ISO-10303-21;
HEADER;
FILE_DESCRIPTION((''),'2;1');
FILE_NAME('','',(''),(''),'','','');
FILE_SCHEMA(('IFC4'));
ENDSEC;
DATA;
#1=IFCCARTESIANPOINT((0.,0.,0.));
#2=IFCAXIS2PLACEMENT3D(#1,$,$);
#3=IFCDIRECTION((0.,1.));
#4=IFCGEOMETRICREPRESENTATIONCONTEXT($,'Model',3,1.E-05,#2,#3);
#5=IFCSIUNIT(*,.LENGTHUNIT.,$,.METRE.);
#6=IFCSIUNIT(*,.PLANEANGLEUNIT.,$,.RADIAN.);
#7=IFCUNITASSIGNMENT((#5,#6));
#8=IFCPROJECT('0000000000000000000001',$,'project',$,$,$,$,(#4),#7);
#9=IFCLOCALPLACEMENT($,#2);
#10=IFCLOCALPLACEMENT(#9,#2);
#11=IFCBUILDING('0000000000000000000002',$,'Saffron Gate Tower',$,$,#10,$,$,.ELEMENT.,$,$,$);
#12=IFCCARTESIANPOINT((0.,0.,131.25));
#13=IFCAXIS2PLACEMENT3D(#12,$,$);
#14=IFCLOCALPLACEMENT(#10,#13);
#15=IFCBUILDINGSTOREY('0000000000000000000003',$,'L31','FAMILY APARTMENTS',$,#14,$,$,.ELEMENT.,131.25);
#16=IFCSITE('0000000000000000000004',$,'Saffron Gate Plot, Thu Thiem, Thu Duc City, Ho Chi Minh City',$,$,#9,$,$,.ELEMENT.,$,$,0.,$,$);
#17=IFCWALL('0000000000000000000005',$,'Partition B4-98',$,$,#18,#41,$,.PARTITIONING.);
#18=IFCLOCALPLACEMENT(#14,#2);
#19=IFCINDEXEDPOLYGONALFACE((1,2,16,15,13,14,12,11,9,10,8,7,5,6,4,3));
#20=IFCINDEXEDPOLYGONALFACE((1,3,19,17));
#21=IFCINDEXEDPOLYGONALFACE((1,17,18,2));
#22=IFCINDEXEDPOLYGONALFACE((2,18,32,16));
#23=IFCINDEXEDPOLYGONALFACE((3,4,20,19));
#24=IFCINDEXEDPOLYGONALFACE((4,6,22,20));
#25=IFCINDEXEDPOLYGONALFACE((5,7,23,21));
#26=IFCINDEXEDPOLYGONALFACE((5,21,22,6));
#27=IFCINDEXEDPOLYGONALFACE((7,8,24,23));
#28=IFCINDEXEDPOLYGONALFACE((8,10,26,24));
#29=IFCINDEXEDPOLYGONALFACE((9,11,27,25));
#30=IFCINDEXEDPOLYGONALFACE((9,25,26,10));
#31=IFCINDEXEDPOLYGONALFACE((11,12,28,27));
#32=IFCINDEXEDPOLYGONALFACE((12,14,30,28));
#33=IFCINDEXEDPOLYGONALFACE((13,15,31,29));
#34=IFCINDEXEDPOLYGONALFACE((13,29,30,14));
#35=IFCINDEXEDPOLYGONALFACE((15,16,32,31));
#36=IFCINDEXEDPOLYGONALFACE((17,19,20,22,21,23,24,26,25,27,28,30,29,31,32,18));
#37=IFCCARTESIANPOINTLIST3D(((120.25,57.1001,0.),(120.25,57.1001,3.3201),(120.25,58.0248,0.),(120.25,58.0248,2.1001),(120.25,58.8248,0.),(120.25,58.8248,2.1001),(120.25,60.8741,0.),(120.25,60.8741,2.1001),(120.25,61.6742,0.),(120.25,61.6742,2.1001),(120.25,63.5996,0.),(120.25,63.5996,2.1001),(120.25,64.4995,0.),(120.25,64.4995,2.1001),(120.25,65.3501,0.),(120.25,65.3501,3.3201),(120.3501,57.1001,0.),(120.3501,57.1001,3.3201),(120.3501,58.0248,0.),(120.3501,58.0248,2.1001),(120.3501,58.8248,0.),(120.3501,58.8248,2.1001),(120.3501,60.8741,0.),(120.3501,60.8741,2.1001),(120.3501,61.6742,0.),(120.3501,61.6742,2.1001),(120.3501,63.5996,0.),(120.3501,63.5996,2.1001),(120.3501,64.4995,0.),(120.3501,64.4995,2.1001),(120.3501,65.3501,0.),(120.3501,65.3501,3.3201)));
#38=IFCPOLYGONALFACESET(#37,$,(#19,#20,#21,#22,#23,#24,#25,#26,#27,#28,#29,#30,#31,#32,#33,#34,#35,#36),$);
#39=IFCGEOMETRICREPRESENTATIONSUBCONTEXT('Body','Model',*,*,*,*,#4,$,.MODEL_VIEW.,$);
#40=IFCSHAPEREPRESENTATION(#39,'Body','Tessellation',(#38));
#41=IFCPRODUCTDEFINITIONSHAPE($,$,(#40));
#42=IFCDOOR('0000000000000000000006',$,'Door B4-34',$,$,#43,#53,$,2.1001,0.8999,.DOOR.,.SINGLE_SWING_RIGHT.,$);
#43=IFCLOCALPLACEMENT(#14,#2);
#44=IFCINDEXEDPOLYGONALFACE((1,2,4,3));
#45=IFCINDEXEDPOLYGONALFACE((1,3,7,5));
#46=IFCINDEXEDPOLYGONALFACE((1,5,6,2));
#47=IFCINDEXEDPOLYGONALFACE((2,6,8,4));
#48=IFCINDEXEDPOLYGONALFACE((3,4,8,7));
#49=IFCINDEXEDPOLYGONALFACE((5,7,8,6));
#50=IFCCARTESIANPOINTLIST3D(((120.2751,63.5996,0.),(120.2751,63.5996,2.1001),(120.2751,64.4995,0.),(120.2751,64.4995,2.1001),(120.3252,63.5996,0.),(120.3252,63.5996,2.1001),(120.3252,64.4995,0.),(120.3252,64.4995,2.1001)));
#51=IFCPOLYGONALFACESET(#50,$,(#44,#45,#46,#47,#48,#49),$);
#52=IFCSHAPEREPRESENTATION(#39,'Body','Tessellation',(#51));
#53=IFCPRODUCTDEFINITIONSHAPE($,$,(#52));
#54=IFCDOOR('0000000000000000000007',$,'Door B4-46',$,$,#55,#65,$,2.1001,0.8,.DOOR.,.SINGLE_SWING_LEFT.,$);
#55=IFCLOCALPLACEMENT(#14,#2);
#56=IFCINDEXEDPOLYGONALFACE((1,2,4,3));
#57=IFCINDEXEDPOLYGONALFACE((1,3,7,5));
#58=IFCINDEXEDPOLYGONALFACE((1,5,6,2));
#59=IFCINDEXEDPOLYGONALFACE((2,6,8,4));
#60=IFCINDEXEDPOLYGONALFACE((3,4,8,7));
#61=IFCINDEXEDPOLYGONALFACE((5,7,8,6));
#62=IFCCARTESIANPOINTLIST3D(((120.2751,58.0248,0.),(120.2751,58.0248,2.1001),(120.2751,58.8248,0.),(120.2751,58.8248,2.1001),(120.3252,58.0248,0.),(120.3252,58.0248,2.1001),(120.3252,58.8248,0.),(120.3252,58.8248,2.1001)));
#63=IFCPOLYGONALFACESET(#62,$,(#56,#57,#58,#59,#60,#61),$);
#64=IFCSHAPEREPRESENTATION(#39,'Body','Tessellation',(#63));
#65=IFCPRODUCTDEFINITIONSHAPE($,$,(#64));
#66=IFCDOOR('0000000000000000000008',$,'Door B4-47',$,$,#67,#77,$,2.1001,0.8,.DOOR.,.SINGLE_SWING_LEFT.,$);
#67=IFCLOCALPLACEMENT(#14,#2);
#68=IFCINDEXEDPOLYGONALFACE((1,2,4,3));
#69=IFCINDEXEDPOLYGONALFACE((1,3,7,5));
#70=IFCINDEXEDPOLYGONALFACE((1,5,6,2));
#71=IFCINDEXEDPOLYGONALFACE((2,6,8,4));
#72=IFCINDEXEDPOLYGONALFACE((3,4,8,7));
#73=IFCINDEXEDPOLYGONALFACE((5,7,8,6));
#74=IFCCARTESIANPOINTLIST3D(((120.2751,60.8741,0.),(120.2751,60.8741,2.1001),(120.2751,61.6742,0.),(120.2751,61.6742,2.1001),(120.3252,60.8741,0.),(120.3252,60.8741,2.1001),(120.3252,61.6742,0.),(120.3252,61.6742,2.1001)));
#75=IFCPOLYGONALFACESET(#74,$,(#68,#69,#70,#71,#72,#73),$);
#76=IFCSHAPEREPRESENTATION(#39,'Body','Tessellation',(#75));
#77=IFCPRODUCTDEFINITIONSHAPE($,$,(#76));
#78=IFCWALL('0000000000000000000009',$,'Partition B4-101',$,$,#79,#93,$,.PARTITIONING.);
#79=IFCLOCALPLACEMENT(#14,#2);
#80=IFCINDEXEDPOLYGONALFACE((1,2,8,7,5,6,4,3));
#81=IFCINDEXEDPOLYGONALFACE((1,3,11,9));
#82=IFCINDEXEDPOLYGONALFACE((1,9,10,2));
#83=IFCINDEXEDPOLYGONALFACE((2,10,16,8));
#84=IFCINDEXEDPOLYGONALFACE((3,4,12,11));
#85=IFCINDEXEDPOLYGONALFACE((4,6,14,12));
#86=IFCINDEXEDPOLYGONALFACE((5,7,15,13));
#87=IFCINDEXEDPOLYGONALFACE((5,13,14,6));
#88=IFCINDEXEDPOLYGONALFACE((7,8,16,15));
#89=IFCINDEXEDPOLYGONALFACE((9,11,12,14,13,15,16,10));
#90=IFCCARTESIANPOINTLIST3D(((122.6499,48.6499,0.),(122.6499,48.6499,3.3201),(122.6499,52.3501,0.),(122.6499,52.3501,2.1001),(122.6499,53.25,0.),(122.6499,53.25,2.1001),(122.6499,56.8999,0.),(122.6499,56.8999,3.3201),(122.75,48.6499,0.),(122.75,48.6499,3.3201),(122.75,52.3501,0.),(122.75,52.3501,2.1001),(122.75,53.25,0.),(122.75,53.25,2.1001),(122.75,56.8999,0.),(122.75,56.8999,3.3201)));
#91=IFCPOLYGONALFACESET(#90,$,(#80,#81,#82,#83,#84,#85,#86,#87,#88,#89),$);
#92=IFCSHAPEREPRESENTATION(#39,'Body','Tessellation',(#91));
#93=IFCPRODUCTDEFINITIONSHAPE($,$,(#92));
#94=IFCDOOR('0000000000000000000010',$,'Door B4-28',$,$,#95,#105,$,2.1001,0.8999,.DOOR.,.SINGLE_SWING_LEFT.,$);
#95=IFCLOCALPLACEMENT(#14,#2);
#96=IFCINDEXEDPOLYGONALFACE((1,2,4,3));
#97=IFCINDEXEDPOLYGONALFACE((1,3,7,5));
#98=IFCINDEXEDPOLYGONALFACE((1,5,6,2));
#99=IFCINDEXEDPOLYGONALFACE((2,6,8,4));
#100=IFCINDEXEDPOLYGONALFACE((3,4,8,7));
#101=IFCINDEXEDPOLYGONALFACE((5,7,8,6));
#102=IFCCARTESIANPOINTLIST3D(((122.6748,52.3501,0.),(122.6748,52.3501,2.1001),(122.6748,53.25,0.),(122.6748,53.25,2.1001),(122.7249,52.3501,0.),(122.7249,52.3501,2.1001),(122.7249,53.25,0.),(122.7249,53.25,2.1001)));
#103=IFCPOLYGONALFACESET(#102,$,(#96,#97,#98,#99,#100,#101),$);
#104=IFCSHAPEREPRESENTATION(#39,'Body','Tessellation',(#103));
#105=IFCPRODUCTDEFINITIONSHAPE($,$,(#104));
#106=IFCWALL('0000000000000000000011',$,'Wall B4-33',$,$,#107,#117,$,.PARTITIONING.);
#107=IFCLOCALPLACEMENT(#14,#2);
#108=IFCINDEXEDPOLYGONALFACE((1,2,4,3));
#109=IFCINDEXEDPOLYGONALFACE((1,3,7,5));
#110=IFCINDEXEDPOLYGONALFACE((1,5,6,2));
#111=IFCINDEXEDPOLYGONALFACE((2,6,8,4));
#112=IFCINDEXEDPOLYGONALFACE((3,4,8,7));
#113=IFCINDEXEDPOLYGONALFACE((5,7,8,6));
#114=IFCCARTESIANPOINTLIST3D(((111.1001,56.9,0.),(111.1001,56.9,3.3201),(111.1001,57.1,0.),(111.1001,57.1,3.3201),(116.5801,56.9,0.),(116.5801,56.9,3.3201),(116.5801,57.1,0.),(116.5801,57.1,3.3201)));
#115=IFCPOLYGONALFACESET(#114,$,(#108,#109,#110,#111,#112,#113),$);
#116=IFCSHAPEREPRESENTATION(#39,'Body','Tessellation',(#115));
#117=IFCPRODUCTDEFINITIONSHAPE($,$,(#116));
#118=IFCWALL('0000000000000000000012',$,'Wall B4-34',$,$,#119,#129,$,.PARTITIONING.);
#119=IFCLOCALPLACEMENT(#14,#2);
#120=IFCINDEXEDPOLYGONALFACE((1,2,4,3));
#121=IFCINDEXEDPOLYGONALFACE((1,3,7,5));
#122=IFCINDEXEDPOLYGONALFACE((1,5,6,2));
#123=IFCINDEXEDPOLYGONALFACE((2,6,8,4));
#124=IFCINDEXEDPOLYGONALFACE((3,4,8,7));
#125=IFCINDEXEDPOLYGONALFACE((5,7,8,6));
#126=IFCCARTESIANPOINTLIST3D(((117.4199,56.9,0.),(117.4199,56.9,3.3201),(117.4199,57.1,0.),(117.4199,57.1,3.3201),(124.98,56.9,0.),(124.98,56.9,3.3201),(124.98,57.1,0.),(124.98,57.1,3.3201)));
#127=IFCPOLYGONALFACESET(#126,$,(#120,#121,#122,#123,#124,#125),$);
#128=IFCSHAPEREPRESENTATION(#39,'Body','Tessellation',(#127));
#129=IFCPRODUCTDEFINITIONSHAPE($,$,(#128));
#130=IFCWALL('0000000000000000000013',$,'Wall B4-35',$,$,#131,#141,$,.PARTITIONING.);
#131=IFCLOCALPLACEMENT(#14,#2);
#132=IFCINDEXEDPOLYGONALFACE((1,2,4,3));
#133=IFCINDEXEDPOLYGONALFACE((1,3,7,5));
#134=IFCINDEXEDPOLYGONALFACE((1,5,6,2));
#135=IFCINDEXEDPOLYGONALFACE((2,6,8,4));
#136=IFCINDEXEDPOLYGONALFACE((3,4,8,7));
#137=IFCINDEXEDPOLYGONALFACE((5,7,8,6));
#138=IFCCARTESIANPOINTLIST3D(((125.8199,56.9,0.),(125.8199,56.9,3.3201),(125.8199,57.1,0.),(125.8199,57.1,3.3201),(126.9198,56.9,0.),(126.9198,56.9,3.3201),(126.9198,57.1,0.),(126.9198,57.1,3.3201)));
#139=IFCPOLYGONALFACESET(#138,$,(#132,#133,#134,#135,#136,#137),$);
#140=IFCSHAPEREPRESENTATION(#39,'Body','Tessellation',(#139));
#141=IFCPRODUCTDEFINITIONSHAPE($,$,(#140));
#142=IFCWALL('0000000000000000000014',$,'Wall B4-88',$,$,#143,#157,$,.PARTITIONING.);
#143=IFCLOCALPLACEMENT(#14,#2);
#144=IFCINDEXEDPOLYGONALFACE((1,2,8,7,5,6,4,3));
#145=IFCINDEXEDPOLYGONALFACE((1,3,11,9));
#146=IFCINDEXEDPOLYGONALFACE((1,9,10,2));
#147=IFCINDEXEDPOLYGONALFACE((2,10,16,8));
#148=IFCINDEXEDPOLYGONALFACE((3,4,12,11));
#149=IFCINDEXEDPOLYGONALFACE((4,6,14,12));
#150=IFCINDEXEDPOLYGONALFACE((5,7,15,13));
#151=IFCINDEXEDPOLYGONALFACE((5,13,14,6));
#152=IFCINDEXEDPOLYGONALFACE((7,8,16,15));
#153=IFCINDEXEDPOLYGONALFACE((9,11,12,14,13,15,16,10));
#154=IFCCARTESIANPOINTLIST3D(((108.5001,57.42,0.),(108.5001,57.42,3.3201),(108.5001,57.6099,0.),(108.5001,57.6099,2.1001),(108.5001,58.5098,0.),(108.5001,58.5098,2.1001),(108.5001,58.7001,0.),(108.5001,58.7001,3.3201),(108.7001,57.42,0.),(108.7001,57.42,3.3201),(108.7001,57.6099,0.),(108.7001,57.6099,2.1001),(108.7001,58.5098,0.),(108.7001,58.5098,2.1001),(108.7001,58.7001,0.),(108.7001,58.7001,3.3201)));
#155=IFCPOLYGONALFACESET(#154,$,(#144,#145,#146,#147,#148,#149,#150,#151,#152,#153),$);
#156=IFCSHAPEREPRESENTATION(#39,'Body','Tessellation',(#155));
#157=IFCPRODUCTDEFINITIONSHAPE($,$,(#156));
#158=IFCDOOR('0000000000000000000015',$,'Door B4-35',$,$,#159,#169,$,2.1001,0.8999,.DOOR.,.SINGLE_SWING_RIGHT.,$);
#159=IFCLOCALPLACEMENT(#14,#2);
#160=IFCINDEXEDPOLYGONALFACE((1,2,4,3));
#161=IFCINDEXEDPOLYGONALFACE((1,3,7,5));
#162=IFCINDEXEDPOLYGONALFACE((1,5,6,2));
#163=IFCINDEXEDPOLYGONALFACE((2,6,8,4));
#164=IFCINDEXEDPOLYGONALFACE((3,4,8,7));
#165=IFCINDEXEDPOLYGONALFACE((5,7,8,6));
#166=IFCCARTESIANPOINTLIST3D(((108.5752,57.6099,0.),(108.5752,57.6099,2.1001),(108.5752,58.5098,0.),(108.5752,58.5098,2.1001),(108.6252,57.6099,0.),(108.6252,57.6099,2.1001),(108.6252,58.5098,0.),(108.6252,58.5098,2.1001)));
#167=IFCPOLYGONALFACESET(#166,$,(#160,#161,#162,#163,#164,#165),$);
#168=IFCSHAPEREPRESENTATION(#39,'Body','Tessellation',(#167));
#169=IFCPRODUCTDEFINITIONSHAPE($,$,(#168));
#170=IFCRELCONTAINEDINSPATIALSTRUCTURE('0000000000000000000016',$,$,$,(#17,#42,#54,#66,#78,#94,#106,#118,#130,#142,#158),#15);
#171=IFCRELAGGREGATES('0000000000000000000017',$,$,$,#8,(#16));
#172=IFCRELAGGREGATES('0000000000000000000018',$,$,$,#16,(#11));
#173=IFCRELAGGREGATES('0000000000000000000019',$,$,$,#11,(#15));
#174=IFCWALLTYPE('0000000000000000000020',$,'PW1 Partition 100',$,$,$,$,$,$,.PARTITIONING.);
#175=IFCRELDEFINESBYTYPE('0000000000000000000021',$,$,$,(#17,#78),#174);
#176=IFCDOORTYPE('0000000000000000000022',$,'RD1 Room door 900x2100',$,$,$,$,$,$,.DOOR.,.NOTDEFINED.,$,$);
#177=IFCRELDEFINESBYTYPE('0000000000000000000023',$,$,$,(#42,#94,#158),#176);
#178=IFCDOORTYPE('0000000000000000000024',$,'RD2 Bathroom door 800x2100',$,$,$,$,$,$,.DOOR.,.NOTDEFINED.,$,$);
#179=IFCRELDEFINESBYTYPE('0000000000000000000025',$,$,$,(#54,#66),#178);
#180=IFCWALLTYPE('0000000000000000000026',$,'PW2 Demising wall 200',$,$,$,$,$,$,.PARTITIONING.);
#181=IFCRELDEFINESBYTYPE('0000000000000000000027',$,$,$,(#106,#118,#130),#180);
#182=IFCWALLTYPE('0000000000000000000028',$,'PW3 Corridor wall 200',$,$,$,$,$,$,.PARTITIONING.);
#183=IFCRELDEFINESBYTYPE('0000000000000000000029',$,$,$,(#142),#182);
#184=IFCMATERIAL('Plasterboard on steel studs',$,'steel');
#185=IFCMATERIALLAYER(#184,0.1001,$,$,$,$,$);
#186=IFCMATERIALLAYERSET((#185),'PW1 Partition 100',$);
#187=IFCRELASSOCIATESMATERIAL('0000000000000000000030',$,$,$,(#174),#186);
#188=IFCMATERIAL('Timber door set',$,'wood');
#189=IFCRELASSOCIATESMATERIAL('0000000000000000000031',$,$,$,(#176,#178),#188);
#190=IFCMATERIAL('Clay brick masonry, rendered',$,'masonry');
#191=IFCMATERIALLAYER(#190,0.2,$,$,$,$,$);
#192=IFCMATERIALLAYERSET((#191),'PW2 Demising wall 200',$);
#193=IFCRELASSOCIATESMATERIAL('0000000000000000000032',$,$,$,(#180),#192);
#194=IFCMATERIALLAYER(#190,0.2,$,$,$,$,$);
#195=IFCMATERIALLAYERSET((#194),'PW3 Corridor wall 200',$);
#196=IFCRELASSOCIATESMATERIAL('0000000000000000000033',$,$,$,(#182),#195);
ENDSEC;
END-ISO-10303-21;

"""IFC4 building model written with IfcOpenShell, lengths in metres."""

from ifc_helpers import new_model, si_unit, direction, frame, frame_2d, origin, place, context, subcontext, project, spatial, rectangle, extrude, material, layer, layer_set, type_object, element, fill, save


model = new_model("IFC4")

# Units and contexts
model_context = context("Model", 3, precision=1e-05, world=origin(), true_north=direction((0.0, 1.0)))
body_context = subcontext(model_context, "Body", "Model", "MODEL_VIEW")
ifc_project = project(units=[si_unit("LENGTHUNIT", "METRE"), si_unit("PLANEANGLEUNIT", "RADIAN")], contexts=[model_context])

# Site, building, storey
site_placement = place(None, origin())
site = spatial("IfcSite", under=ifc_project, at=site_placement, Name="Saffron Gate Plot, Thu Thiem, Thu Duc City, Ho Chi Minh City", CompositionType="ELEMENT", RefElevation=0.0)
building_placement = place(site_placement, origin())
building = spatial("IfcBuilding", under=site, at=building_placement, Name="Saffron Gate Tower", CompositionType="ELEMENT")
storey_placement = place(building_placement, frame((0.0, 0.0, 131.25)))
storey = spatial("IfcBuildingStorey", under=building, at=storey_placement, Name="L31", Description="FAMILY APARTMENTS", CompositionType="ELEMENT", Elevation=131.25)

# Shared definitions
ifc_material_1 = material(Name="Plasterboard on steel studs", Category="steel")
ifc_layer_1 = layer(ifc_material_1, 0.1001)
ifc_layer_set_1 = layer_set([ifc_layer_1], Name="PW1 Partition 100")
wall_type_1 = type_object("IfcWallType", Name="PW1 Partition 100", PredefinedType="PARTITIONING", material=ifc_layer_set_1)

# Shared definitions
ifc_material_2 = material(Name="Timber door set", Category="wood")
door_type_1 = type_object("IfcDoorType", Name="RD1 Room door 900x2100", OperationType="NOTDEFINED", PredefinedType="DOOR", material=ifc_material_2)

# Wall, openings, doors
wall_1_placement = place(storey_placement, frame((120.3, 57.1001, 0.0), z_axis=(0.0, 0.0, 1.0), x_axis=(0.0, 1.0, 0.0)))
wall_1 = element("IfcWall", 1, at=wall_1_placement, inside=storey, type_object=wall_type_1, Name="Partition B4-98", PredefinedType="PARTITIONING", context=body_context, shape_type="SweptSolid", body=[
    extrude(rectangle(XDim=8.25, YDim=0.1001, at=frame_2d((4.125, 0.0))), origin(), (0.0, 0.0, 1.0), 3.3201),
])
opening_1_placement = place(wall_1_placement, frame((0.9248, 0.0, 0.0)))
opening_1 = element("IfcOpeningElement", 2, at=opening_1_placement, cuts=wall_1, PredefinedType="OPENING", context=body_context, shape_type="SweptSolid", body=[
    extrude(rectangle(XDim=0.8, YDim=2.1001, at=frame_2d((0.3999, 1.05))), frame((0.0, 0.0601, 0.0), z_axis=(0.0, -1.0, 0.0), x_axis=(1.0, 0.0, 0.0)), (0.0, 0.0, 1.0), 0.1201),
])
opening_2_placement = place(wall_1_placement, frame((3.7742, 0.0, 0.0)))
opening_2 = element("IfcOpeningElement", 3, at=opening_2_placement, cuts=wall_1, PredefinedType="OPENING", context=body_context, shape_type="SweptSolid", body=[
    extrude(rectangle(XDim=0.8, YDim=2.1001, at=frame_2d((0.3999, 1.05))), frame((0.0, 0.0601, 0.0), z_axis=(0.0, -1.0, 0.0), x_axis=(1.0, 0.0, 0.0)), (0.0, 0.0, 1.0), 0.1201),
])
opening_3_placement = place(wall_1_placement, frame((6.4995, 0.0, 0.0)))
opening_3 = element("IfcOpeningElement", 4, at=opening_3_placement, cuts=wall_1, PredefinedType="OPENING", context=body_context, shape_type="SweptSolid", body=[
    extrude(rectangle(XDim=0.8999, YDim=2.1001, at=frame_2d((0.45, 1.05))), frame((0.0, 0.0601, 0.0), z_axis=(0.0, -1.0, 0.0), x_axis=(1.0, 0.0, 0.0)), (0.0, 0.0, 1.0), 0.1201),
])
door_1_placement = place(opening_3_placement, origin())
door_1 = element("IfcDoor", 5, at=door_1_placement, inside=storey, type_object=door_type_1, Name="Door B4-34", OperationType="SINGLE_SWING_RIGHT", OverallHeight=2.1001, OverallWidth=0.8999, PredefinedType="DOOR", context=body_context, shape_type="SweptSolid", body=[
    extrude(rectangle(XDim=0.8999, YDim=2.1001, at=frame_2d((0.45, 1.05))), frame((0.0, 0.0249, 0.0), z_axis=(0.0, -1.0, 0.0), x_axis=(1.0, 0.0, 0.0)), (0.0, 0.0, 1.0), 0.05),
])
fill(opening_3, door_1)
door_type_2 = type_object("IfcDoorType", Name="RD2 Bathroom door 800x2100", OperationType="NOTDEFINED", PredefinedType="DOOR", material=ifc_material_2)
door_2_placement = place(opening_1_placement, origin())
door_2 = element("IfcDoor", 6, at=door_2_placement, inside=storey, type_object=door_type_2, Name="Door B4-46", OperationType="SINGLE_SWING_LEFT", OverallHeight=2.1001, OverallWidth=0.8, PredefinedType="DOOR", context=body_context, shape_type="SweptSolid", body=[
    extrude(rectangle(XDim=0.8, YDim=2.1001, at=frame_2d((0.3999, 1.05))), frame((0.0, 0.0249, 0.0), z_axis=(0.0, -1.0, 0.0), x_axis=(1.0, 0.0, 0.0)), (0.0, 0.0, 1.0), 0.05),
])
fill(opening_1, door_2)
door_3_placement = place(opening_2_placement, origin())
door_3 = element("IfcDoor", 7, at=door_3_placement, inside=storey, type_object=door_type_2, Name="Door B4-47", OperationType="SINGLE_SWING_LEFT", OverallHeight=2.1001, OverallWidth=0.8, PredefinedType="DOOR", context=body_context, shape_type="SweptSolid", body=[
    extrude(rectangle(XDim=0.8, YDim=2.1001, at=frame_2d((0.3999, 1.05))), frame((0.0, 0.0249, 0.0), z_axis=(0.0, -1.0, 0.0), x_axis=(1.0, 0.0, 0.0)), (0.0, 0.0, 1.0), 0.05),
])
fill(opening_2, door_3)

# Wall, opening, door
wall_2_placement = place(storey_placement, frame((122.7, 56.8999, 0.0), z_axis=(0.0, 0.0, 1.0), x_axis=(0.0, -1.0, 0.0)))
wall_2 = element("IfcWall", 8, at=wall_2_placement, inside=storey, type_object=wall_type_1, Name="Partition B4-101", PredefinedType="PARTITIONING", context=body_context, shape_type="SweptSolid", body=[
    extrude(rectangle(XDim=8.25, YDim=0.1001, at=frame_2d((4.125, 0.0))), origin(), (0.0, 0.0, 1.0), 3.3201),
])
opening_4_placement = place(wall_2_placement, frame((3.6499, 0.0, 0.0)))
opening_4 = element("IfcOpeningElement", 9, at=opening_4_placement, cuts=wall_2, PredefinedType="OPENING", context=body_context, shape_type="SweptSolid", body=[
    extrude(rectangle(XDim=0.8999, YDim=2.1001, at=frame_2d((0.45, 1.05))), frame((0.0, 0.0601, 0.0), z_axis=(0.0, -1.0, 0.0), x_axis=(1.0, 0.0, 0.0)), (0.0, 0.0, 1.0), 0.1201),
])
door_4_placement = place(opening_4_placement, origin())
door_4 = element("IfcDoor", 10, at=door_4_placement, inside=storey, type_object=door_type_1, Name="Door B4-28", OperationType="SINGLE_SWING_LEFT", OverallHeight=2.1001, OverallWidth=0.8999, PredefinedType="DOOR", context=body_context, shape_type="SweptSolid", body=[
    extrude(rectangle(XDim=0.8999, YDim=2.1001, at=frame_2d((0.45, 1.05))), frame((0.0, 0.0249, 0.0), z_axis=(0.0, -1.0, 0.0), x_axis=(1.0, 0.0, 0.0)), (0.0, 0.0, 1.0), 0.05),
])
fill(opening_4, door_4)

# Walls
ifc_material_3 = material(Name="Clay brick masonry, rendered", Category="masonry")
ifc_layer_2 = layer(ifc_material_3, 0.2)
ifc_layer_set_2 = layer_set([ifc_layer_2], Name="PW2 Demising wall 200")
wall_type_2 = type_object("IfcWallType", Name="PW2 Demising wall 200", PredefinedType="PARTITIONING", material=ifc_layer_set_2)
wall_3_placement = place(storey_placement, frame((111.1001, 57.0, 0.0), z_axis=(0.0, 0.0, 1.0), x_axis=(1.0, 0.0, 0.0)))
element("IfcWall", 11, at=wall_3_placement, inside=storey, type_object=wall_type_2, Name="Wall B4-33", PredefinedType="PARTITIONING", context=body_context, shape_type="SweptSolid", body=[
    extrude(rectangle(XDim=5.48, YDim=0.2, at=frame_2d((2.74, 0.0))), origin(), (0.0, 0.0, 1.0), 3.3201),
])
wall_4_placement = place(storey_placement, frame((117.4199, 57.0, 0.0), z_axis=(0.0, 0.0, 1.0), x_axis=(1.0, 0.0, 0.0)))
element("IfcWall", 12, at=wall_4_placement, inside=storey, type_object=wall_type_2, Name="Wall B4-34", PredefinedType="PARTITIONING", context=body_context, shape_type="SweptSolid", body=[
    extrude(rectangle(XDim=7.5601, YDim=0.2, at=frame_2d((3.78, 0.0))), origin(), (0.0, 0.0, 1.0), 3.3201),
])
wall_5_placement = place(storey_placement, frame((125.8201, 57.0, 0.0), z_axis=(0.0, 0.0, 1.0), x_axis=(1.0, 0.0, 0.0)))
element("IfcWall", 13, at=wall_5_placement, inside=storey, type_object=wall_type_2, Name="Wall B4-35", PredefinedType="PARTITIONING", context=body_context, shape_type="SweptSolid", body=[
    extrude(rectangle(XDim=1.0999, YDim=0.2, at=frame_2d((0.5498, 0.0))), origin(), (0.0, 0.0, 1.0), 3.3201),
])

# Wall, opening, door
ifc_layer_3 = layer(ifc_material_3, 0.2)
ifc_layer_set_3 = layer_set([ifc_layer_3], Name="PW3 Corridor wall 200")
wall_type_3 = type_object("IfcWallType", Name="PW3 Corridor wall 200", PredefinedType="PARTITIONING", material=ifc_layer_set_3)
wall_6_placement = place(storey_placement, frame((108.6001, 57.4199, 0.0), z_axis=(0.0, 0.0, 1.0), x_axis=(0.0, 1.0, 0.0)))
wall_6 = element("IfcWall", 14, at=wall_6_placement, inside=storey, type_object=wall_type_3, Name="Wall B4-88", PredefinedType="PARTITIONING", context=body_context, shape_type="SweptSolid", body=[
    extrude(rectangle(XDim=1.28, YDim=0.2, at=frame_2d((0.6401, 0.0))), origin(), (0.0, 0.0, 1.0), 3.3201),
])
opening_5_placement = place(wall_6_placement, frame((0.1899, 0.0, 0.0)))
opening_5 = element("IfcOpeningElement", 15, at=opening_5_placement, cuts=wall_6, PredefinedType="OPENING", context=body_context, shape_type="SweptSolid", body=[
    extrude(rectangle(XDim=0.8999, YDim=2.1001, at=frame_2d((0.45, 1.05))), frame((0.0, 0.1099, 0.0), z_axis=(0.0, -1.0, 0.0), x_axis=(1.0, 0.0, 0.0)), (0.0, 0.0, 1.0), 0.22),
])
door_5_placement = place(opening_5_placement, origin())
door_5 = element("IfcDoor", 16, at=door_5_placement, inside=storey, type_object=door_type_1, Name="Door B4-35", OperationType="SINGLE_SWING_RIGHT", OverallHeight=2.1001, OverallWidth=0.8999, PredefinedType="DOOR", context=body_context, shape_type="SweptSolid", body=[
    extrude(rectangle(XDim=0.8999, YDim=2.1001, at=frame_2d((0.45, 1.05))), frame((0.0, 0.0249, 0.0), z_axis=(0.0, -1.0, 0.0), x_axis=(1.0, 0.0, 0.0)), (0.0, 0.0, 1.0), 0.05),
])
fill(opening_5, door_5)

save(model, "model.ifc")
